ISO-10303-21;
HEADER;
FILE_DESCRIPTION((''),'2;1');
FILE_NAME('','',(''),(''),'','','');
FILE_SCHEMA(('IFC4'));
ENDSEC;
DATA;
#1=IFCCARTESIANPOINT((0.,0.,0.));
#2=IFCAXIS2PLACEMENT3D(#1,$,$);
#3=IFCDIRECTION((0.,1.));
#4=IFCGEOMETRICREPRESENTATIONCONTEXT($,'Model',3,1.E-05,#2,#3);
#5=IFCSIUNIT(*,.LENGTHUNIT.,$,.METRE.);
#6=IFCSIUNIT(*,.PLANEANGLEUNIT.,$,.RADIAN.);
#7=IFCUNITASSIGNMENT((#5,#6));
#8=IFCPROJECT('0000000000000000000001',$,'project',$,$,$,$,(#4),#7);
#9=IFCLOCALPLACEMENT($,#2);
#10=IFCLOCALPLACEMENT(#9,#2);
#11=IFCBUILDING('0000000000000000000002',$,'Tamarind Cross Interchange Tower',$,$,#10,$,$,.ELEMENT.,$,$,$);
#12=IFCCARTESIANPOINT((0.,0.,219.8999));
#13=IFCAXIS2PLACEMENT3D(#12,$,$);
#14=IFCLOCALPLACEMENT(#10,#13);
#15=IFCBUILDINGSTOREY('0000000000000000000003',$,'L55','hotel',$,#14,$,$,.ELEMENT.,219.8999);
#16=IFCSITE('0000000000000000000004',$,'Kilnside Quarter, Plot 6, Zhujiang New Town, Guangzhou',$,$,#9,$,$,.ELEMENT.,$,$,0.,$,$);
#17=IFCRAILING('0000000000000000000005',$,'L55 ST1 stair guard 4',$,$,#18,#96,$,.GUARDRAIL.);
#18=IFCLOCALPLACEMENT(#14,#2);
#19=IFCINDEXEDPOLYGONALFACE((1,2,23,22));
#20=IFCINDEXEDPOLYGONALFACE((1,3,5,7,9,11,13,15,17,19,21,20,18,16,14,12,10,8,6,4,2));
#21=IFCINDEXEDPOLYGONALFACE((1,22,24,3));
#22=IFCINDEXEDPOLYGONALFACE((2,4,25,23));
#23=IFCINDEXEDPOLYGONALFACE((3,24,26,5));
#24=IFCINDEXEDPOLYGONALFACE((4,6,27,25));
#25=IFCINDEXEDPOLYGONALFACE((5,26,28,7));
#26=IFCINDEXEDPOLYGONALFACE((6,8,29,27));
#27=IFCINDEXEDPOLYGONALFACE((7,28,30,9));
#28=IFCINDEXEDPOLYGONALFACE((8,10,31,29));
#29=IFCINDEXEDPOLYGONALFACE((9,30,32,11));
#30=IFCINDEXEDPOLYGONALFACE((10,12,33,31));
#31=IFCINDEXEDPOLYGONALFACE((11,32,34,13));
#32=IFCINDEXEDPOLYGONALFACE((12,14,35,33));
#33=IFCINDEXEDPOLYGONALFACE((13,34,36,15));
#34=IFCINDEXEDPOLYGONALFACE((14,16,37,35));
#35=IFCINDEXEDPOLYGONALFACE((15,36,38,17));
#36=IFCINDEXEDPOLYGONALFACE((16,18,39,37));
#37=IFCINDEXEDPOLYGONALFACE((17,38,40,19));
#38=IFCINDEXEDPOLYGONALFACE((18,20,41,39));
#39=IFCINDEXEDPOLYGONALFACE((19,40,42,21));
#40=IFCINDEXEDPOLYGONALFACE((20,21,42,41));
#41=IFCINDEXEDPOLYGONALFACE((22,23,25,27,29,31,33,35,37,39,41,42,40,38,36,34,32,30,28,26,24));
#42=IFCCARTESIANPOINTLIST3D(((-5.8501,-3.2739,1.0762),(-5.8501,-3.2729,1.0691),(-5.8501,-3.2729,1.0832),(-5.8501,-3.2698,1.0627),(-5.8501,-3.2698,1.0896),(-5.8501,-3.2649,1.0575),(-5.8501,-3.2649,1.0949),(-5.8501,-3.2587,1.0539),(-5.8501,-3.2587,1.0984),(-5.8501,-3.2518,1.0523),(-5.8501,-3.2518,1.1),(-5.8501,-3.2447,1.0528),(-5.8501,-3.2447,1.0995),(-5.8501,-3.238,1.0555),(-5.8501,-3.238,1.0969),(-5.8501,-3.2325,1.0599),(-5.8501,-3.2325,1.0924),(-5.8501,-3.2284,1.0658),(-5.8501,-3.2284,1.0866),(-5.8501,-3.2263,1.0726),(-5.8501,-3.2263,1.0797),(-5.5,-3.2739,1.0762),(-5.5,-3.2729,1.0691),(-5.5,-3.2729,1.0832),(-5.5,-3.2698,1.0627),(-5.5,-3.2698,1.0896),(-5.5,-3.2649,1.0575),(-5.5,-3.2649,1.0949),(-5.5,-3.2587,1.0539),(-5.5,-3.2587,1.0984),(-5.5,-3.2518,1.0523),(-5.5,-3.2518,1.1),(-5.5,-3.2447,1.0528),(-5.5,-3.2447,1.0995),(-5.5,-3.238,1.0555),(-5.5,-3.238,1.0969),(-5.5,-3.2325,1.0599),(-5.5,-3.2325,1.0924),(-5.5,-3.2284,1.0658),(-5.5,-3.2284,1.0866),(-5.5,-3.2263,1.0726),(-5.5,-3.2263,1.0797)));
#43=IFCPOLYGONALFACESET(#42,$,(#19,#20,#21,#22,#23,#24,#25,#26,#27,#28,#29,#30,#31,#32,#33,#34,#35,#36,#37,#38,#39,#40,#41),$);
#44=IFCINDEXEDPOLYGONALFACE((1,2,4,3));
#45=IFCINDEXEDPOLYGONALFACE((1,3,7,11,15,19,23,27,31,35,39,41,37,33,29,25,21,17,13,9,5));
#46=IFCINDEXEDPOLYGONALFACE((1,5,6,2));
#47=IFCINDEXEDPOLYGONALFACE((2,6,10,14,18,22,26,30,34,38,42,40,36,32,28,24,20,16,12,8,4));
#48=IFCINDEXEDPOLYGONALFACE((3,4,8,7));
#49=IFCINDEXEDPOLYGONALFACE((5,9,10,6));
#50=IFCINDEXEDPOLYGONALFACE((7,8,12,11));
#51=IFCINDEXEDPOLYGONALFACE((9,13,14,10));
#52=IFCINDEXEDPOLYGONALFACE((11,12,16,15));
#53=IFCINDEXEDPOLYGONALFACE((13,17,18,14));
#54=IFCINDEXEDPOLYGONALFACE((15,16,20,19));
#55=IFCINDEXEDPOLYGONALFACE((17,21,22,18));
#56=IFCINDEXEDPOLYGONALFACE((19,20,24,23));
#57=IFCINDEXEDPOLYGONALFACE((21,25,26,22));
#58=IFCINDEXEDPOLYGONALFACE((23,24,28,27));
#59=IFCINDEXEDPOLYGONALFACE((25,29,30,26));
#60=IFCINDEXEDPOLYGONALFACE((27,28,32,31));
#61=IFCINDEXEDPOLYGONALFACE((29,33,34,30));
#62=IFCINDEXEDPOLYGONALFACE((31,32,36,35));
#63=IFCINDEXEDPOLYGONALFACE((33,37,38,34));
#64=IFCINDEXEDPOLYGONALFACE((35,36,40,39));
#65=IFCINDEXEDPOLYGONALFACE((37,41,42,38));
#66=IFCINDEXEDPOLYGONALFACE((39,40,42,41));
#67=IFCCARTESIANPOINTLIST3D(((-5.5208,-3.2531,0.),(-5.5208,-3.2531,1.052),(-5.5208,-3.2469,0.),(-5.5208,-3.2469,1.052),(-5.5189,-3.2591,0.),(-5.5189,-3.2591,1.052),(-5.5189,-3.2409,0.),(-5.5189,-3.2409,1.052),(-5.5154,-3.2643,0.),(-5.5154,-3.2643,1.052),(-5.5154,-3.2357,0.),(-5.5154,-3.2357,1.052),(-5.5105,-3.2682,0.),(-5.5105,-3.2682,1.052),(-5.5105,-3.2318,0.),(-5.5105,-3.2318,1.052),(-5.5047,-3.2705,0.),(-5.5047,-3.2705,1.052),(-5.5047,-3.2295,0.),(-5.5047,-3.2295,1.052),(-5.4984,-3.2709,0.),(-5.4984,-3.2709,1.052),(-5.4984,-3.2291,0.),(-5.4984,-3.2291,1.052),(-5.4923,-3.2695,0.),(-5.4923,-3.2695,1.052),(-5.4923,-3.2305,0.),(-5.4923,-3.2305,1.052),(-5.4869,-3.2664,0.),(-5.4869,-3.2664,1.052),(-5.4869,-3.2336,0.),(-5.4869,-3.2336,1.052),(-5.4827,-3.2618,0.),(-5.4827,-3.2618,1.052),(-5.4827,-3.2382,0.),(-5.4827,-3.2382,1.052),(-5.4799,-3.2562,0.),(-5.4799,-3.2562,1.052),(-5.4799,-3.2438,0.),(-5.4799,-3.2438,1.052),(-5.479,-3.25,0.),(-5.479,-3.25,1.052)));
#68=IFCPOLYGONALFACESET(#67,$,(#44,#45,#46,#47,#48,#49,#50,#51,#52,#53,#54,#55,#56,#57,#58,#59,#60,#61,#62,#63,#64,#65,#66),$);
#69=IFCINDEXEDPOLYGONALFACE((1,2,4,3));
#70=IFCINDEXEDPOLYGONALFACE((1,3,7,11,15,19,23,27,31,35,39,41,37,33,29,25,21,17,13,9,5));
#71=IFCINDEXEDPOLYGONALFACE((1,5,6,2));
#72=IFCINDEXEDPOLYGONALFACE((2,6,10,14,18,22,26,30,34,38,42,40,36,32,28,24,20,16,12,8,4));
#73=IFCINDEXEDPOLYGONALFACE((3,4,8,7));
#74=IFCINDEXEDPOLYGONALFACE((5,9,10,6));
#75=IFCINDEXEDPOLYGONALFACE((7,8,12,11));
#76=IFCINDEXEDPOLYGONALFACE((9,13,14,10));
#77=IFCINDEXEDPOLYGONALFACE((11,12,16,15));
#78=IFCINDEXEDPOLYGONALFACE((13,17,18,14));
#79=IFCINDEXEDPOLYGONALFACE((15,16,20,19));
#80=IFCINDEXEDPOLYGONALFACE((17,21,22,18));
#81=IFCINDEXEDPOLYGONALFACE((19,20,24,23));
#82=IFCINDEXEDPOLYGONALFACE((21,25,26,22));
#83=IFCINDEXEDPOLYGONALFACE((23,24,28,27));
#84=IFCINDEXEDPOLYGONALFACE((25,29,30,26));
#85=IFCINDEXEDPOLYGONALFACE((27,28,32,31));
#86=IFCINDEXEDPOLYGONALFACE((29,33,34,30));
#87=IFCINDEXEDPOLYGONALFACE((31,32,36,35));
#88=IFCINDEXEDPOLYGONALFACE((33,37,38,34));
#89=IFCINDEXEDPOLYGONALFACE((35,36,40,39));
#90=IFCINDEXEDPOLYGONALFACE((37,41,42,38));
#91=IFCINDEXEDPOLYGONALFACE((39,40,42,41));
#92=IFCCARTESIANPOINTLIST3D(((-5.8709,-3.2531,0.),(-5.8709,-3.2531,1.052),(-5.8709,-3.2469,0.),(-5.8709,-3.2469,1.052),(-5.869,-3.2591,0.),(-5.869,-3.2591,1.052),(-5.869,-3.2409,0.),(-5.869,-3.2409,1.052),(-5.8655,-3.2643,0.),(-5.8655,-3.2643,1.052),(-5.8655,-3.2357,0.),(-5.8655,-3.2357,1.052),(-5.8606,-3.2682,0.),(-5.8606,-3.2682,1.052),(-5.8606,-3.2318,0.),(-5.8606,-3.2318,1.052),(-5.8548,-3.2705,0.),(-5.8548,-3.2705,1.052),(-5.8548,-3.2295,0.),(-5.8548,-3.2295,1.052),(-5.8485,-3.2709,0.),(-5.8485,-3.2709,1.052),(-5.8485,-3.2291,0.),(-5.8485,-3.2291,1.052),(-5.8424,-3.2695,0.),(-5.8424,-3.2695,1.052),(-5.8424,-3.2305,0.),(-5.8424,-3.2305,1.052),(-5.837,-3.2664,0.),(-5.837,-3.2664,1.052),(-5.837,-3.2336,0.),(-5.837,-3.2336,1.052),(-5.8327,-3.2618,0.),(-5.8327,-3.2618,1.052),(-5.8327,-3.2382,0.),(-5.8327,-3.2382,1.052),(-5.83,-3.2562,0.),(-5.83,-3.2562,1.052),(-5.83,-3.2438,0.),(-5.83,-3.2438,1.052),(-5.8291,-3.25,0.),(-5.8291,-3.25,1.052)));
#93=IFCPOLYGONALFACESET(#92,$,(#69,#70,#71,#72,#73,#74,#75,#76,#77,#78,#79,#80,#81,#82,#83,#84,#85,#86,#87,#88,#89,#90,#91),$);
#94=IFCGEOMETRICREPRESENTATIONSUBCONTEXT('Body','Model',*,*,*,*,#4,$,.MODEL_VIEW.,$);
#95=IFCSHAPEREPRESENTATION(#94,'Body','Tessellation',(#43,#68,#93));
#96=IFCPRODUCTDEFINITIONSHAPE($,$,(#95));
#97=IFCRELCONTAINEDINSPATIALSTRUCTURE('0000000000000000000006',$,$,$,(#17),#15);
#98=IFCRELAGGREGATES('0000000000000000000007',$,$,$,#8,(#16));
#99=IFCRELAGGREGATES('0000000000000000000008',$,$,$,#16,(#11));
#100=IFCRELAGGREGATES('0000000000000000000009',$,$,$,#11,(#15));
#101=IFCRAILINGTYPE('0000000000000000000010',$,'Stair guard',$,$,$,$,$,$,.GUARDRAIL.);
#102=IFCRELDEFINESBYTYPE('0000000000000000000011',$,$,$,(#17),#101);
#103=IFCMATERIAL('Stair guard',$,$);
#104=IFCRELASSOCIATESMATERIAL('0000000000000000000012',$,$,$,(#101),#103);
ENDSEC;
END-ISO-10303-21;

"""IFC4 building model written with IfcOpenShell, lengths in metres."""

from ifc_helpers import new_model, si_unit, direction, frame, origin, origin_2d, place, context, subcontext, project, spatial, circle, extrude, material, type_object, element, save


model = new_model("IFC4")

# Units and contexts
model_context = context("Model", 3, precision=1e-05, world=origin(), true_north=direction((0.0, 1.0)))
body_context = subcontext(model_context, "Body", "Model", "MODEL_VIEW")
ifc_project = project(units=[si_unit("LENGTHUNIT", "METRE"), si_unit("PLANEANGLEUNIT", "RADIAN")], contexts=[model_context])

# Site, building, storey
site_placement = place(None, origin())
site = spatial("IfcSite", under=ifc_project, at=site_placement, Name="Kilnside Quarter, Plot 6, Zhujiang New Town, Guangzhou", CompositionType="ELEMENT", RefElevation=0.0)
building_placement = place(site_placement, origin())
building = spatial("IfcBuilding", under=site, at=building_placement, Name="Tamarind Cross Interchange Tower", CompositionType="ELEMENT")
storey_placement = place(building_placement, frame((0.0, 0.0, 219.8999)))
storey = spatial("IfcBuildingStorey", under=building, at=storey_placement, Name="L55", Description="hotel", CompositionType="ELEMENT", Elevation=219.8999)

# Railing
ifc_material_1 = material(Name="Stair guard")
railing_type_1 = type_object("IfcRailingType", Name="Stair guard", PredefinedType="GUARDRAIL", material=ifc_material_1)
railing_1_placement = place(storey_placement, frame((-5.5, -3.25, 0.0)))
element("IfcRailing", 1, at=railing_1_placement, inside=storey, type_object=railing_type_1, Name="L55 ST1 stair guard 4", PredefinedType="GUARDRAIL", context=body_context, shape_type="SweptSolid", body=[
    extrude(circle(Radius=0.0239, at=origin_2d()), frame((0.0, 0.0, 1.0762), z_axis=(-1.0, 0.0, 0.0), x_axis=(0.0, -1.0, 0.0)), (0.0, 0.0, 1.0), 0.3501),
    extrude(circle(Radius=0.021, at=origin_2d()), origin(), (0.0, 0.0, 1.0), 1.052),
    extrude(circle(Radius=0.021, at=origin_2d()), frame((-0.3501, 0.0, 0.0)), (0.0, 0.0, 1.0), 1.052),
])

save(model, "model.ifc")
